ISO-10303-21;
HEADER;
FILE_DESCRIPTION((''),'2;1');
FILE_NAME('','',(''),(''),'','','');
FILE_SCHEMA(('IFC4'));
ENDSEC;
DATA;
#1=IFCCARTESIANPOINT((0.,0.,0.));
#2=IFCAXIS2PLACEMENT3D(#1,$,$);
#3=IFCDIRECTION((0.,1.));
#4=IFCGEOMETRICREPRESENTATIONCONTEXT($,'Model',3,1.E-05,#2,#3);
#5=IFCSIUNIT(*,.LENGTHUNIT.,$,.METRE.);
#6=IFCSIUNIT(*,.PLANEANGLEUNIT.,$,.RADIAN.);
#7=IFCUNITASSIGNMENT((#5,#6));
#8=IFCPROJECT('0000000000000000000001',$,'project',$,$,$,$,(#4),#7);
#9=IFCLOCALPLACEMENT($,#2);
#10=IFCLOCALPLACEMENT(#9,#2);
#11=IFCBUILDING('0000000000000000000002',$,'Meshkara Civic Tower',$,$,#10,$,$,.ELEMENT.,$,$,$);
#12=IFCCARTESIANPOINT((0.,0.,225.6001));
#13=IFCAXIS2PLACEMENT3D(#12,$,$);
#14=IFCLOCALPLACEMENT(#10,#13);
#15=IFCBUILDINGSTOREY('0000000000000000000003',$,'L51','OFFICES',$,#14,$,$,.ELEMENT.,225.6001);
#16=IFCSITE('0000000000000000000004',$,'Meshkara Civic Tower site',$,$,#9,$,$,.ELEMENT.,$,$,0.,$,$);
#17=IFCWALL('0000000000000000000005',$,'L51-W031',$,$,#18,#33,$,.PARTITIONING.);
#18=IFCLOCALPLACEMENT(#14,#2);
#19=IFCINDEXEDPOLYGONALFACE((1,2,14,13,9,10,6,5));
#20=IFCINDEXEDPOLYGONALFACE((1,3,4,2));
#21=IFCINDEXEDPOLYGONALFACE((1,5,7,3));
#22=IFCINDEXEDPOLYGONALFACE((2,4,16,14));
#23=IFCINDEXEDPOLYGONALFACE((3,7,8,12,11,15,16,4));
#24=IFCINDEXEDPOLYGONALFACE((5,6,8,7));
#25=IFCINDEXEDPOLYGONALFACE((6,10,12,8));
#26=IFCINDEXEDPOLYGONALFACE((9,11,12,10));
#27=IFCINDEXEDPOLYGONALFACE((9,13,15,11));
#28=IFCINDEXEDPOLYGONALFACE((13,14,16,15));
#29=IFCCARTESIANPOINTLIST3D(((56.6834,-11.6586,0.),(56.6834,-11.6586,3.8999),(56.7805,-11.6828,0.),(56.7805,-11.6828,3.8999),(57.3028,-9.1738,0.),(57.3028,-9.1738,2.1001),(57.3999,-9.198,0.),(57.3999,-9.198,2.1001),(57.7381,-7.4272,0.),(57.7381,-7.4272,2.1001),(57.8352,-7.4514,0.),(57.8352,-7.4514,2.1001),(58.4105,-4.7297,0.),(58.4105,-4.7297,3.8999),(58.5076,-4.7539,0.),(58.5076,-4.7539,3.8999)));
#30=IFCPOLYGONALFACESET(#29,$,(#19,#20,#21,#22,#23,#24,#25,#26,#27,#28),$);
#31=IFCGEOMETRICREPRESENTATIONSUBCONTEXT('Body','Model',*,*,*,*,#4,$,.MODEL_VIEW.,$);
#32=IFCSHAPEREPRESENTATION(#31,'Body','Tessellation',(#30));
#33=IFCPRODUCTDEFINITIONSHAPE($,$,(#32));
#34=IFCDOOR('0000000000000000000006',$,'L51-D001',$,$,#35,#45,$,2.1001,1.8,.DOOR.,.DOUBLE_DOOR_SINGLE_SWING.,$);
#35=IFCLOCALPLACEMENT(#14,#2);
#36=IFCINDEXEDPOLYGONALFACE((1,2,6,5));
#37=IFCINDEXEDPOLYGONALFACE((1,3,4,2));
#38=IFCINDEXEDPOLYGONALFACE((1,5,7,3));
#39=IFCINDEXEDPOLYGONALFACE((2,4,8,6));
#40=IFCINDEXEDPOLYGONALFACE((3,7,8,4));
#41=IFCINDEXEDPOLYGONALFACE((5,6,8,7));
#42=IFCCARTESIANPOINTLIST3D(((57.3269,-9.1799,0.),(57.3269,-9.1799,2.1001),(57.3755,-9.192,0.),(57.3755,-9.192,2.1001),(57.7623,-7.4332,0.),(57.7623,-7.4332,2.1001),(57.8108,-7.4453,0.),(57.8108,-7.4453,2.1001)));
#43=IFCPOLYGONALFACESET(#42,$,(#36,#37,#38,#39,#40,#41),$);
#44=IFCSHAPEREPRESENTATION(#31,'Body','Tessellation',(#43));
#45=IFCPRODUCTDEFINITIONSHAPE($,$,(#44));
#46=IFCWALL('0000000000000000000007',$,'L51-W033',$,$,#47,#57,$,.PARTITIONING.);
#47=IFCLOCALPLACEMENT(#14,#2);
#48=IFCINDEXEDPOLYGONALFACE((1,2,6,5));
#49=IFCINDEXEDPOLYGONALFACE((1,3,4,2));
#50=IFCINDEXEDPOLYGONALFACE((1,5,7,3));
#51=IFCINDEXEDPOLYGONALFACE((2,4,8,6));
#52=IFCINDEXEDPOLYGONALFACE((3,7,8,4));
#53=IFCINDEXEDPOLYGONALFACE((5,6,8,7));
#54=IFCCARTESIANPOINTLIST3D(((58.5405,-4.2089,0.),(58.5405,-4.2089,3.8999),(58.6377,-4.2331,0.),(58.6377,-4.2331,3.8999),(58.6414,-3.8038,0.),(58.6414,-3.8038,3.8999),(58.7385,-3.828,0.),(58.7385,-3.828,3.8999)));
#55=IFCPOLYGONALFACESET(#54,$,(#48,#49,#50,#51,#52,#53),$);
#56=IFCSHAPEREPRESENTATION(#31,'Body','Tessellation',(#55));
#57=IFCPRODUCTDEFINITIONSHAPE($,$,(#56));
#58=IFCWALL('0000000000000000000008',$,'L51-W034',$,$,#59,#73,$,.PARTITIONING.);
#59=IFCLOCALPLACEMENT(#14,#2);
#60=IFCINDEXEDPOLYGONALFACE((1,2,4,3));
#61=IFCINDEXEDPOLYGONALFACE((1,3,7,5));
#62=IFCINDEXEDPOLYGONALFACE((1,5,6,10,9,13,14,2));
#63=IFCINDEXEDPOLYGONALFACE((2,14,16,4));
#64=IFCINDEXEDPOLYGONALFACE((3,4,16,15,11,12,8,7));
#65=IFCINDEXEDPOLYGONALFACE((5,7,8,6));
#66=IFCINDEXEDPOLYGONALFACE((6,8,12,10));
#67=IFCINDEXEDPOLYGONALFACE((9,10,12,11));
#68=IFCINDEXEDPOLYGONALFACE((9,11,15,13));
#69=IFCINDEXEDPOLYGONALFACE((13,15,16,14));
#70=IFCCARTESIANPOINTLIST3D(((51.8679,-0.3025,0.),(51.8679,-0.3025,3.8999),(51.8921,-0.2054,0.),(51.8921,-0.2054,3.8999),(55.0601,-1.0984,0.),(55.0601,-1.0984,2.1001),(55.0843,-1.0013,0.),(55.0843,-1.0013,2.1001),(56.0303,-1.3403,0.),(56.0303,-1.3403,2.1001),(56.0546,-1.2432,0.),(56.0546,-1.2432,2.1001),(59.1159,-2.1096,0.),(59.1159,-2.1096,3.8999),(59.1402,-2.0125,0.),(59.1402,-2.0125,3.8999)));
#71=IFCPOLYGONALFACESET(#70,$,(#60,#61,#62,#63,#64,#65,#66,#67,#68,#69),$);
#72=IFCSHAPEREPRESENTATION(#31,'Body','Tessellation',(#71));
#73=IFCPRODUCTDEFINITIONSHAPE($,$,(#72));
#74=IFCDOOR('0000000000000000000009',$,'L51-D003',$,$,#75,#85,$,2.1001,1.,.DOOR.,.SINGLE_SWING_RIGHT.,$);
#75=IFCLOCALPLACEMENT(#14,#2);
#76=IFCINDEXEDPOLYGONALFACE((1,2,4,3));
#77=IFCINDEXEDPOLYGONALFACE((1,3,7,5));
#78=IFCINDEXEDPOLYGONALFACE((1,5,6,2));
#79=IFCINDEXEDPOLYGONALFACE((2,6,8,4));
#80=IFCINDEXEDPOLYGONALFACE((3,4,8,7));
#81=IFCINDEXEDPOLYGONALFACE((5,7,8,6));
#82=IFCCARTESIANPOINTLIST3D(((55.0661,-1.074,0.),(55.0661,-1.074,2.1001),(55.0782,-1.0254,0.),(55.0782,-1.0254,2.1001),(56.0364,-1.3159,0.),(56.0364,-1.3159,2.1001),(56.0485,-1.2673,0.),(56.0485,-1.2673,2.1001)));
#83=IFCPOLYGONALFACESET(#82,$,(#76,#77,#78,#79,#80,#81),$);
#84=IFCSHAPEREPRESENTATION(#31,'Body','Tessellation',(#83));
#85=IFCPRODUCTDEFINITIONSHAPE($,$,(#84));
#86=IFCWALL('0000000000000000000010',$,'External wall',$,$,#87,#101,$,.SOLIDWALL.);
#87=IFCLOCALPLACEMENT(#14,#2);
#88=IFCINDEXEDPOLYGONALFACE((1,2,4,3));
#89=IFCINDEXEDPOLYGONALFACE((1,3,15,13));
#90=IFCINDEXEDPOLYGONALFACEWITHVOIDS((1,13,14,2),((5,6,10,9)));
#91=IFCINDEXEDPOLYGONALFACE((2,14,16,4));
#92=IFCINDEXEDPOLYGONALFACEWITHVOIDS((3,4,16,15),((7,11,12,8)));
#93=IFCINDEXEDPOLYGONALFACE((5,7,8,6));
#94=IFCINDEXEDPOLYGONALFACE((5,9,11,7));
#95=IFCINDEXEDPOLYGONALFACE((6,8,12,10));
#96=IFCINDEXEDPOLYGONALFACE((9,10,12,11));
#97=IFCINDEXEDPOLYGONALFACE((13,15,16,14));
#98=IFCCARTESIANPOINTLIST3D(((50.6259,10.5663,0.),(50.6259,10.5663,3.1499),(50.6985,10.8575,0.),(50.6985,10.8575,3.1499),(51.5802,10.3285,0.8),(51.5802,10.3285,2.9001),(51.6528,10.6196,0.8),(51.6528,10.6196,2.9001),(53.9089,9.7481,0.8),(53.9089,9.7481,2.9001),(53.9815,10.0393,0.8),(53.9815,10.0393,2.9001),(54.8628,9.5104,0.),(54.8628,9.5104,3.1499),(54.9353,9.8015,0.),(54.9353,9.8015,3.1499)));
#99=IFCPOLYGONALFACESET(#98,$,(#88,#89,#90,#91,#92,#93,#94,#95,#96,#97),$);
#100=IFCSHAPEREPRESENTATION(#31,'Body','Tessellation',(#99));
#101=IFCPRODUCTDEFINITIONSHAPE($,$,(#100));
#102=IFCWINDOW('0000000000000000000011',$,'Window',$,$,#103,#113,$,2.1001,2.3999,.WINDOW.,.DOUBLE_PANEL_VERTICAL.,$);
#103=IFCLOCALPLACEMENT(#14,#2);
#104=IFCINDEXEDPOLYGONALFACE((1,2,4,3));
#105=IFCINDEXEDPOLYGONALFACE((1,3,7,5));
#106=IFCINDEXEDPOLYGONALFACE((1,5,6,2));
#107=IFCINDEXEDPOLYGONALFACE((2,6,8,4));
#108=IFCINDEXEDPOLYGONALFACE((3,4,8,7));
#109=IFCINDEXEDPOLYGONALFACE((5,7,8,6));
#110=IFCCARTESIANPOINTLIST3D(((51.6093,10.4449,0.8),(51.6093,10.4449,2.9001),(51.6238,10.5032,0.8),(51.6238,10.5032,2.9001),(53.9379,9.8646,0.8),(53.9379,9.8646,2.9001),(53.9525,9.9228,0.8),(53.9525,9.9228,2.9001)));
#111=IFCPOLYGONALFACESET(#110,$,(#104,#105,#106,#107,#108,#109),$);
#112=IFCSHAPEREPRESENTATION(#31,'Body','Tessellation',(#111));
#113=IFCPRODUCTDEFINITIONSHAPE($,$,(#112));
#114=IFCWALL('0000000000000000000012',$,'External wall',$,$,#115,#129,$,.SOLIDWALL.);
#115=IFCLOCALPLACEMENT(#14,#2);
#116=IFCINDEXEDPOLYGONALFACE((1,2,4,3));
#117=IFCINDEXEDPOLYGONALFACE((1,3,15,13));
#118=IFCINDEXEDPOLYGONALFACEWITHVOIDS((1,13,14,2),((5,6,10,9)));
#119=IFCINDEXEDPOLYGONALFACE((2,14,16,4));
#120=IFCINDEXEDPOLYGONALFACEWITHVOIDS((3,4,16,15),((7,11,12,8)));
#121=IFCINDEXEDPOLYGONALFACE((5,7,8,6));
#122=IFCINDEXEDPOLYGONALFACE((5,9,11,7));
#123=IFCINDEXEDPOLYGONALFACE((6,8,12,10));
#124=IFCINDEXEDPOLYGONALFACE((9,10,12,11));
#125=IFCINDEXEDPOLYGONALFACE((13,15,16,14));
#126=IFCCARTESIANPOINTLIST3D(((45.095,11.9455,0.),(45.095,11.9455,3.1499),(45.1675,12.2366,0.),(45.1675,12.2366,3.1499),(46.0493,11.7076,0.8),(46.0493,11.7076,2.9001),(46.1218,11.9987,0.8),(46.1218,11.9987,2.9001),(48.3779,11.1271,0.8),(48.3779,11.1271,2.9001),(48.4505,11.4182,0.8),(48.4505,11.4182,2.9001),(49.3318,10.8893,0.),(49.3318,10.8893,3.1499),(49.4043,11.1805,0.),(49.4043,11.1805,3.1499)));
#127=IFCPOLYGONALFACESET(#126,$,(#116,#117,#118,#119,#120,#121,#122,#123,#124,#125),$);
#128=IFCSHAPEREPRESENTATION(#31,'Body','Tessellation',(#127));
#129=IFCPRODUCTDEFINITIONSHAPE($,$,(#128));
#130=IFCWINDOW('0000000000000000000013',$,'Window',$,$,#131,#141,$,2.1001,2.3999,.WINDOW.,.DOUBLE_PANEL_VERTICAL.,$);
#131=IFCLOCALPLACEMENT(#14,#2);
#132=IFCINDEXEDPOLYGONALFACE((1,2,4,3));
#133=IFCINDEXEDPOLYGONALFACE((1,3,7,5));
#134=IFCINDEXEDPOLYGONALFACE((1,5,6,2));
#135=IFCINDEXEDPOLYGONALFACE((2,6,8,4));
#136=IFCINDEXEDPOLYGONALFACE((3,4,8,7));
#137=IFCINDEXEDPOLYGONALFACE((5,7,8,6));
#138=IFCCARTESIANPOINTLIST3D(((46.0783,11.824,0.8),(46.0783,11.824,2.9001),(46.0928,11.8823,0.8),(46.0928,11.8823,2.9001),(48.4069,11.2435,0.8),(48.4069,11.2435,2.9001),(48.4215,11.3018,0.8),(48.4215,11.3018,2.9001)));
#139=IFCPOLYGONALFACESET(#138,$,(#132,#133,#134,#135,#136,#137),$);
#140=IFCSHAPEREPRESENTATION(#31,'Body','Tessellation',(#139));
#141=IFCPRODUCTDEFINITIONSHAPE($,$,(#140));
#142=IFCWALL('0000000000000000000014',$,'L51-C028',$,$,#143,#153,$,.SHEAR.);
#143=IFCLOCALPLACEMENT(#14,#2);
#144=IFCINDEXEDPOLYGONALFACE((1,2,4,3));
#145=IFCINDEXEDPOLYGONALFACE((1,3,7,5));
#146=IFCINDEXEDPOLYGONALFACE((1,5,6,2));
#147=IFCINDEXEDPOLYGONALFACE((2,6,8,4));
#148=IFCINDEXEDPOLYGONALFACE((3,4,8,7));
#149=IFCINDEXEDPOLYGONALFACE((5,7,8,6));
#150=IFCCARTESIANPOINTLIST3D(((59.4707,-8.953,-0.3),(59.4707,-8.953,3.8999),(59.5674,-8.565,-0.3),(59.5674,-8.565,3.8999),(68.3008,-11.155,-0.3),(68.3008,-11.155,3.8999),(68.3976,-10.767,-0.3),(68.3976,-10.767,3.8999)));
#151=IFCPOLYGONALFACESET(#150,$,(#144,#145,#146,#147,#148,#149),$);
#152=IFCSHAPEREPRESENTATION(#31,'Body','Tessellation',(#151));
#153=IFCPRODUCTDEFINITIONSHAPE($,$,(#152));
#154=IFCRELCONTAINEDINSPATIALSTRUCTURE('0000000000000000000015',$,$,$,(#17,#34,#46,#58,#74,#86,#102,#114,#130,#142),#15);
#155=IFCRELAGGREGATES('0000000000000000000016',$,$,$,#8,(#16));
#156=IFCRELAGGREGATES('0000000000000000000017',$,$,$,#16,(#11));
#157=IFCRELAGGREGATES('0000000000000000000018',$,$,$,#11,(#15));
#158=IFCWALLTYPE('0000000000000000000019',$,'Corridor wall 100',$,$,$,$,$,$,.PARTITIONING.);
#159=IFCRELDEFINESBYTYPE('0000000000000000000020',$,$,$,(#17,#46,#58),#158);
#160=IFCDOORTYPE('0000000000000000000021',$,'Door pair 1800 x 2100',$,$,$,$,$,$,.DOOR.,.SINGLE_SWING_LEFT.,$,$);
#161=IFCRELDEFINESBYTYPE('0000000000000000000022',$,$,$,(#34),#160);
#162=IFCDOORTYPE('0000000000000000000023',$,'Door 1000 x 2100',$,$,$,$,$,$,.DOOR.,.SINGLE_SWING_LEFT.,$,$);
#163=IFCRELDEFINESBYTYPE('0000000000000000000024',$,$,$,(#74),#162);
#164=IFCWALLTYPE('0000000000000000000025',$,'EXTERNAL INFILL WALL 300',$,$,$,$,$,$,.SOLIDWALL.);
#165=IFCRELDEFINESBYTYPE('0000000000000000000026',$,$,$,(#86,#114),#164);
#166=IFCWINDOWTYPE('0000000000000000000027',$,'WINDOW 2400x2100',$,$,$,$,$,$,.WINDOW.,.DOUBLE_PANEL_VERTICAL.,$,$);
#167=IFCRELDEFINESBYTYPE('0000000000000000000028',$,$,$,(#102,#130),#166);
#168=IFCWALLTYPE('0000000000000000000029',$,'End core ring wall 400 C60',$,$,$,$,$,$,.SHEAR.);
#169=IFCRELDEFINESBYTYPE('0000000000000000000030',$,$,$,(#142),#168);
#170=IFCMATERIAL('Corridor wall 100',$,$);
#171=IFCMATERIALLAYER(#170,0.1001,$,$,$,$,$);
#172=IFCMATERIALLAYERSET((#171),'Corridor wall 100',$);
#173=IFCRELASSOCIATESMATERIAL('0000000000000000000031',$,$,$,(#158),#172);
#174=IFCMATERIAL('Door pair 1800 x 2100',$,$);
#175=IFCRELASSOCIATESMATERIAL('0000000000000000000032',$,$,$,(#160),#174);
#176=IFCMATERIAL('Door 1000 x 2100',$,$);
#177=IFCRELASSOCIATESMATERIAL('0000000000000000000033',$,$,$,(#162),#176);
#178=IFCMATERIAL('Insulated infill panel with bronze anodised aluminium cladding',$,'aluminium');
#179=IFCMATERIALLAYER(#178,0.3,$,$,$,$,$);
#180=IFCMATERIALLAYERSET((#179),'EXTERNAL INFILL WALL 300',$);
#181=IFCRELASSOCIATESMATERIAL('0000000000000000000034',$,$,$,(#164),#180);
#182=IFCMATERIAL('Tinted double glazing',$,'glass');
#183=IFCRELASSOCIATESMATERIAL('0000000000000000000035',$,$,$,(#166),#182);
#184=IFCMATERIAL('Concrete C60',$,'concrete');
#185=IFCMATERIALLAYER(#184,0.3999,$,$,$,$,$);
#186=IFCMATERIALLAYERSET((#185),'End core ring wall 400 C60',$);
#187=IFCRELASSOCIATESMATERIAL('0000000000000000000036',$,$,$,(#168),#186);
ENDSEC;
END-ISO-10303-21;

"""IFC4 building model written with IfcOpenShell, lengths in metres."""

from ifc_helpers import new_model, si_unit, direction, frame, frame_2d, origin, place, context, subcontext, project, spatial, rectangle, extrude, material, layer, layer_set, type_object, element, fill, save


model = new_model("IFC4")

# Units and contexts
model_context = context("Model", 3, precision=1e-05, world=origin(), true_north=direction((0.0, 1.0)))
body_context = subcontext(model_context, "Body", "Model", "MODEL_VIEW")
ifc_project = project(units=[si_unit("LENGTHUNIT", "METRE"), si_unit("PLANEANGLEUNIT", "RADIAN")], contexts=[model_context])

# Site, building, storey
site_placement = place(None, origin())
site = spatial("IfcSite", under=ifc_project, at=site_placement, Name="Meshkara Civic Tower site", CompositionType="ELEMENT", RefElevation=0.0)
building_placement = place(site_placement, origin())
building = spatial("IfcBuilding", under=site, at=building_placement, Name="Meshkara Civic Tower", CompositionType="ELEMENT")
storey_placement = place(building_placement, frame((0.0, 0.0, 225.6001)))
storey = spatial("IfcBuildingStorey", under=building, at=storey_placement, Name="L51", Description="OFFICES", CompositionType="ELEMENT", Elevation=225.6001)

# Shared definitions
ifc_material_1 = material(Name="Corridor wall 100")
ifc_layer_1 = layer(ifc_material_1, 0.1001)
ifc_layer_set_1 = layer_set([ifc_layer_1], Name="Corridor wall 100")
wall_type_1 = type_object("IfcWallType", Name="Corridor wall 100", PredefinedType="PARTITIONING", material=ifc_layer_set_1)

# Wall, opening, door
wall_1_placement = place(storey_placement, frame((58.459, -4.7419, 0.0), z_axis=(0.0, 0.0, 1.0), x_axis=(-0.241852, -0.970313, 0.0)))
wall_1 = element("IfcWall", 1, at=wall_1_placement, inside=storey, type_object=wall_type_1, Name="L51-W031", PredefinedType="PARTITIONING", context=body_context, shape_type="SweptSolid", body=[
    extrude(rectangle(XDim=7.1409, YDim=0.1001, at=frame_2d((3.5703, 0.0))), origin(), (0.0, 0.0, 1.0), 3.8999),
])
opening_1_placement = place(wall_1_placement, frame((2.78, 0.0, 0.0)))
opening_1 = element("IfcOpeningElement", 2, at=opening_1_placement, cuts=wall_1, PredefinedType="OPENING", context=body_context, shape_type="SweptSolid", body=[
    extrude(rectangle(XDim=1.8, YDim=2.1001, at=frame_2d((0.8999, 1.05))), frame((0.0, 0.0601, 0.0), z_axis=(0.0, -1.0, 0.0), x_axis=(1.0, 0.0, 0.0)), (0.0, 0.0, 1.0), 0.1201),
])
ifc_material_2 = material(Name="Door pair 1800 x 2100")
door_type_1 = type_object("IfcDoorType", Name="Door pair 1800 x 2100", OperationType="SINGLE_SWING_LEFT", PredefinedType="DOOR", material=ifc_material_2)
door_1_placement = place(opening_1_placement, origin())
door_1 = element("IfcDoor", 3, at=door_1_placement, inside=storey, type_object=door_type_1, Name="L51-D001", OperationType="DOUBLE_DOOR_SINGLE_SWING", OverallHeight=2.1001, OverallWidth=1.8, PredefinedType="DOOR", context=body_context, shape_type="SweptSolid", body=[
    extrude(rectangle(XDim=1.8, YDim=2.1001, at=frame_2d((0.8999, 1.05))), frame((0.0, 0.0249, 0.0), z_axis=(0.0, -1.0, 0.0), x_axis=(1.0, 0.0, 0.0)), (0.0, 0.0, 1.0), 0.05),
])
fill(opening_1, door_1)

# Wall
wall_2_placement = place(storey_placement, frame((58.6899, -3.8159, 0.0), z_axis=(0.0, 0.0, 1.0), x_axis=(-0.241572, -0.970383, 0.0)))
element("IfcWall", 4, at=wall_2_placement, inside=storey, type_object=wall_type_1, Name="L51-W033", PredefinedType="PARTITIONING", context=body_context, shape_type="SweptSolid", body=[
    extrude(rectangle(XDim=0.4175, YDim=0.1001, at=frame_2d((0.2087, 0.0))), origin(), (0.0, 0.0, 1.0), 3.8999),
])

# Wall, opening, door
wall_3_placement = place(storey_placement, frame((59.1279, -2.061, 0.0), z_axis=(0.0, 0.0, 1.0), x_axis=(-0.970296, 0.24192, 0.0)))
wall_3 = element("IfcWall", 5, at=wall_3_placement, inside=storey, type_object=wall_type_1, Name="L51-W034", PredefinedType="PARTITIONING", context=body_context, shape_type="SweptSolid", body=[
    extrude(rectangle(XDim=7.47, YDim=0.1001, at=frame_2d((3.7349, 0.0))), origin(), (0.0, 0.0, 1.0), 3.8999),
])
opening_2_placement = place(wall_3_placement, frame((3.1799, 0.0, 0.0)))
opening_2 = element("IfcOpeningElement", 6, at=opening_2_placement, cuts=wall_3, PredefinedType="OPENING", context=body_context, shape_type="SweptSolid", body=[
    extrude(rectangle(XDim=1.0, YDim=2.1001, at=frame_2d((0.5, 1.05))), frame((0.0, 0.0601, 0.0), z_axis=(0.0, -1.0, 0.0), x_axis=(1.0, 0.0, 0.0)), (0.0, 0.0, 1.0), 0.1201),
])
ifc_material_3 = material(Name="Door 1000 x 2100")
door_type_2 = type_object("IfcDoorType", Name="Door 1000 x 2100", OperationType="SINGLE_SWING_LEFT", PredefinedType="DOOR", material=ifc_material_3)
door_2_placement = place(opening_2_placement, origin())
door_2 = element("IfcDoor", 7, at=door_2_placement, inside=storey, type_object=door_type_2, Name="L51-D003", OperationType="SINGLE_SWING_RIGHT", OverallHeight=2.1001, OverallWidth=1.0, PredefinedType="DOOR", context=body_context, shape_type="SweptSolid", body=[
    extrude(rectangle(XDim=1.0, YDim=2.1001, at=frame_2d((0.5, 1.05))), frame((0.0, 0.0249, 0.0), z_axis=(0.0, -1.0, 0.0), x_axis=(1.0, 0.0, 0.0)), (0.0, 0.0, 1.0), 0.05),
])
fill(opening_2, door_2)

# Walls, openings, windows
ifc_material_4 = material(Name="Insulated infill panel with bronze anodised aluminium cladding", Category="aluminium")
ifc_layer_2 = layer(ifc_material_4, 0.3)
ifc_layer_set_2 = layer_set([ifc_layer_2], Name="EXTERNAL INFILL WALL 300")
wall_type_2 = type_object("IfcWallType", Name="EXTERNAL INFILL WALL 300", PredefinedType="SOLIDWALL", material=ifc_layer_set_2)
wall_4_placement = place(storey_placement, frame((54.8989, 9.656, 0.0), z_axis=(0.0, 0.0, 1.0), x_axis=(-0.97032, 0.241825, 0.0)))
wall_4 = element("IfcWall", 8, at=wall_4_placement, inside=storey, type_object=wall_type_2, Name="External wall", PredefinedType="SOLIDWALL", context=body_context, shape_type="SweptSolid", body=[
    extrude(rectangle(XDim=4.3665, YDim=0.3, at=frame_2d((2.1831, 0.0))), origin(), (0.0, 0.0, 1.0), 3.1499),
])
opening_3_placement = place(wall_4_placement, frame((0.9829, 0.0, 0.8)))
opening_3 = element("IfcOpeningElement", 9, at=opening_3_placement, cuts=wall_4, PredefinedType="OPENING", context=body_context, shape_type="SweptSolid", body=[
    extrude(rectangle(XDim=2.3999, YDim=2.1001, at=frame_2d((1.2, 1.05))), frame((0.0, 0.1599, 0.0), z_axis=(0.0, -1.0, 0.0), x_axis=(1.0, 0.0, 0.0)), (0.0, 0.0, 1.0), 0.3201),
])
ifc_material_5 = material(Name="Tinted double glazing", Category="glass")
window_type = type_object("IfcWindowType", Name="WINDOW 2400x2100", PartitioningType="DOUBLE_PANEL_VERTICAL", PredefinedType="WINDOW", material=ifc_material_5)
window_1_placement = place(opening_3_placement, origin())
window_1 = element("IfcWindow", 10, at=window_1_placement, inside=storey, type_object=window_type, Name="Window", OverallHeight=2.1001, OverallWidth=2.3999, PartitioningType="DOUBLE_PANEL_VERTICAL", PredefinedType="WINDOW", context=body_context, shape_type="SweptSolid", body=[
    extrude(rectangle(XDim=2.3999, YDim=2.1001, at=frame_2d((1.2, 1.05))), frame((0.0, 0.03, 0.0), z_axis=(0.0, -1.0, 0.0), x_axis=(1.0, 0.0, 0.0)), (0.0, 0.0, 1.0), 0.0601),
])
fill(opening_3, window_1)
wall_5_placement = place(storey_placement, frame((49.3679, 11.0349, 0.0), z_axis=(0.0, 0.0, 1.0), x_axis=(-0.970307, 0.241878, 0.0)))
wall_5 = element("IfcWall", 11, at=wall_5_placement, inside=storey, type_object=wall_type_2, Name="External wall", PredefinedType="SOLIDWALL", context=body_context, shape_type="SweptSolid", body=[
    extrude(rectangle(XDim=4.3665, YDim=0.3, at=frame_2d((2.1831, 0.0))), origin(), (0.0, 0.0, 1.0), 3.1499),
])
opening_4_placement = place(wall_5_placement, frame((0.9829, 0.0, 0.8)))
opening_4 = element("IfcOpeningElement", 12, at=opening_4_placement, cuts=wall_5, PredefinedType="OPENING", context=body_context, shape_type="SweptSolid", body=[
    extrude(rectangle(XDim=2.3999, YDim=2.1001, at=frame_2d((1.2, 1.05))), frame((0.0, 0.1599, 0.0), z_axis=(0.0, -1.0, 0.0), x_axis=(1.0, 0.0, 0.0)), (0.0, 0.0, 1.0), 0.3201),
])
window_2_placement = place(opening_4_placement, origin())
window_2 = element("IfcWindow", 13, at=window_2_placement, inside=storey, type_object=window_type, Name="Window", OverallHeight=2.1001, OverallWidth=2.3999, PartitioningType="DOUBLE_PANEL_VERTICAL", PredefinedType="WINDOW", context=body_context, shape_type="SweptSolid", body=[
    extrude(rectangle(XDim=2.3999, YDim=2.1001, at=frame_2d((1.2, 1.05))), frame((0.0, 0.03, 0.0), z_axis=(0.0, -1.0, 0.0), x_axis=(1.0, 0.0, 0.0)), (0.0, 0.0, 1.0), 0.0601),
])
fill(opening_4, window_2)

# Wall
ifc_material_6 = material(Name="Concrete C60", Category="concrete")
ifc_layer_3 = layer(ifc_material_6, 0.3999)
ifc_layer_set_3 = layer_set([ifc_layer_3], Name="End core ring wall 400 C60")
wall_type_3 = type_object("IfcWallType", Name="End core ring wall 400 C60", PredefinedType="SHEAR", material=ifc_layer_set_3)
wall_6_placement = place(storey_placement, frame((59.519, -8.759, -0.3), z_axis=(0.0, 0.0, 1.0), x_axis=(0.970288, -0.241955, 0.0)))
element("IfcWall", 14, at=wall_6_placement, inside=storey, type_object=wall_type_3, Name="L51-C028", PredefinedType="SHEAR", context=body_context, shape_type="SweptSolid", body=[
    extrude(rectangle(XDim=9.1006, YDim=0.3999, at=frame_2d((4.5503, 0.0))), origin(), (0.0, 0.0, 1.0), 4.2),
])

save(model, "model.ifc")
